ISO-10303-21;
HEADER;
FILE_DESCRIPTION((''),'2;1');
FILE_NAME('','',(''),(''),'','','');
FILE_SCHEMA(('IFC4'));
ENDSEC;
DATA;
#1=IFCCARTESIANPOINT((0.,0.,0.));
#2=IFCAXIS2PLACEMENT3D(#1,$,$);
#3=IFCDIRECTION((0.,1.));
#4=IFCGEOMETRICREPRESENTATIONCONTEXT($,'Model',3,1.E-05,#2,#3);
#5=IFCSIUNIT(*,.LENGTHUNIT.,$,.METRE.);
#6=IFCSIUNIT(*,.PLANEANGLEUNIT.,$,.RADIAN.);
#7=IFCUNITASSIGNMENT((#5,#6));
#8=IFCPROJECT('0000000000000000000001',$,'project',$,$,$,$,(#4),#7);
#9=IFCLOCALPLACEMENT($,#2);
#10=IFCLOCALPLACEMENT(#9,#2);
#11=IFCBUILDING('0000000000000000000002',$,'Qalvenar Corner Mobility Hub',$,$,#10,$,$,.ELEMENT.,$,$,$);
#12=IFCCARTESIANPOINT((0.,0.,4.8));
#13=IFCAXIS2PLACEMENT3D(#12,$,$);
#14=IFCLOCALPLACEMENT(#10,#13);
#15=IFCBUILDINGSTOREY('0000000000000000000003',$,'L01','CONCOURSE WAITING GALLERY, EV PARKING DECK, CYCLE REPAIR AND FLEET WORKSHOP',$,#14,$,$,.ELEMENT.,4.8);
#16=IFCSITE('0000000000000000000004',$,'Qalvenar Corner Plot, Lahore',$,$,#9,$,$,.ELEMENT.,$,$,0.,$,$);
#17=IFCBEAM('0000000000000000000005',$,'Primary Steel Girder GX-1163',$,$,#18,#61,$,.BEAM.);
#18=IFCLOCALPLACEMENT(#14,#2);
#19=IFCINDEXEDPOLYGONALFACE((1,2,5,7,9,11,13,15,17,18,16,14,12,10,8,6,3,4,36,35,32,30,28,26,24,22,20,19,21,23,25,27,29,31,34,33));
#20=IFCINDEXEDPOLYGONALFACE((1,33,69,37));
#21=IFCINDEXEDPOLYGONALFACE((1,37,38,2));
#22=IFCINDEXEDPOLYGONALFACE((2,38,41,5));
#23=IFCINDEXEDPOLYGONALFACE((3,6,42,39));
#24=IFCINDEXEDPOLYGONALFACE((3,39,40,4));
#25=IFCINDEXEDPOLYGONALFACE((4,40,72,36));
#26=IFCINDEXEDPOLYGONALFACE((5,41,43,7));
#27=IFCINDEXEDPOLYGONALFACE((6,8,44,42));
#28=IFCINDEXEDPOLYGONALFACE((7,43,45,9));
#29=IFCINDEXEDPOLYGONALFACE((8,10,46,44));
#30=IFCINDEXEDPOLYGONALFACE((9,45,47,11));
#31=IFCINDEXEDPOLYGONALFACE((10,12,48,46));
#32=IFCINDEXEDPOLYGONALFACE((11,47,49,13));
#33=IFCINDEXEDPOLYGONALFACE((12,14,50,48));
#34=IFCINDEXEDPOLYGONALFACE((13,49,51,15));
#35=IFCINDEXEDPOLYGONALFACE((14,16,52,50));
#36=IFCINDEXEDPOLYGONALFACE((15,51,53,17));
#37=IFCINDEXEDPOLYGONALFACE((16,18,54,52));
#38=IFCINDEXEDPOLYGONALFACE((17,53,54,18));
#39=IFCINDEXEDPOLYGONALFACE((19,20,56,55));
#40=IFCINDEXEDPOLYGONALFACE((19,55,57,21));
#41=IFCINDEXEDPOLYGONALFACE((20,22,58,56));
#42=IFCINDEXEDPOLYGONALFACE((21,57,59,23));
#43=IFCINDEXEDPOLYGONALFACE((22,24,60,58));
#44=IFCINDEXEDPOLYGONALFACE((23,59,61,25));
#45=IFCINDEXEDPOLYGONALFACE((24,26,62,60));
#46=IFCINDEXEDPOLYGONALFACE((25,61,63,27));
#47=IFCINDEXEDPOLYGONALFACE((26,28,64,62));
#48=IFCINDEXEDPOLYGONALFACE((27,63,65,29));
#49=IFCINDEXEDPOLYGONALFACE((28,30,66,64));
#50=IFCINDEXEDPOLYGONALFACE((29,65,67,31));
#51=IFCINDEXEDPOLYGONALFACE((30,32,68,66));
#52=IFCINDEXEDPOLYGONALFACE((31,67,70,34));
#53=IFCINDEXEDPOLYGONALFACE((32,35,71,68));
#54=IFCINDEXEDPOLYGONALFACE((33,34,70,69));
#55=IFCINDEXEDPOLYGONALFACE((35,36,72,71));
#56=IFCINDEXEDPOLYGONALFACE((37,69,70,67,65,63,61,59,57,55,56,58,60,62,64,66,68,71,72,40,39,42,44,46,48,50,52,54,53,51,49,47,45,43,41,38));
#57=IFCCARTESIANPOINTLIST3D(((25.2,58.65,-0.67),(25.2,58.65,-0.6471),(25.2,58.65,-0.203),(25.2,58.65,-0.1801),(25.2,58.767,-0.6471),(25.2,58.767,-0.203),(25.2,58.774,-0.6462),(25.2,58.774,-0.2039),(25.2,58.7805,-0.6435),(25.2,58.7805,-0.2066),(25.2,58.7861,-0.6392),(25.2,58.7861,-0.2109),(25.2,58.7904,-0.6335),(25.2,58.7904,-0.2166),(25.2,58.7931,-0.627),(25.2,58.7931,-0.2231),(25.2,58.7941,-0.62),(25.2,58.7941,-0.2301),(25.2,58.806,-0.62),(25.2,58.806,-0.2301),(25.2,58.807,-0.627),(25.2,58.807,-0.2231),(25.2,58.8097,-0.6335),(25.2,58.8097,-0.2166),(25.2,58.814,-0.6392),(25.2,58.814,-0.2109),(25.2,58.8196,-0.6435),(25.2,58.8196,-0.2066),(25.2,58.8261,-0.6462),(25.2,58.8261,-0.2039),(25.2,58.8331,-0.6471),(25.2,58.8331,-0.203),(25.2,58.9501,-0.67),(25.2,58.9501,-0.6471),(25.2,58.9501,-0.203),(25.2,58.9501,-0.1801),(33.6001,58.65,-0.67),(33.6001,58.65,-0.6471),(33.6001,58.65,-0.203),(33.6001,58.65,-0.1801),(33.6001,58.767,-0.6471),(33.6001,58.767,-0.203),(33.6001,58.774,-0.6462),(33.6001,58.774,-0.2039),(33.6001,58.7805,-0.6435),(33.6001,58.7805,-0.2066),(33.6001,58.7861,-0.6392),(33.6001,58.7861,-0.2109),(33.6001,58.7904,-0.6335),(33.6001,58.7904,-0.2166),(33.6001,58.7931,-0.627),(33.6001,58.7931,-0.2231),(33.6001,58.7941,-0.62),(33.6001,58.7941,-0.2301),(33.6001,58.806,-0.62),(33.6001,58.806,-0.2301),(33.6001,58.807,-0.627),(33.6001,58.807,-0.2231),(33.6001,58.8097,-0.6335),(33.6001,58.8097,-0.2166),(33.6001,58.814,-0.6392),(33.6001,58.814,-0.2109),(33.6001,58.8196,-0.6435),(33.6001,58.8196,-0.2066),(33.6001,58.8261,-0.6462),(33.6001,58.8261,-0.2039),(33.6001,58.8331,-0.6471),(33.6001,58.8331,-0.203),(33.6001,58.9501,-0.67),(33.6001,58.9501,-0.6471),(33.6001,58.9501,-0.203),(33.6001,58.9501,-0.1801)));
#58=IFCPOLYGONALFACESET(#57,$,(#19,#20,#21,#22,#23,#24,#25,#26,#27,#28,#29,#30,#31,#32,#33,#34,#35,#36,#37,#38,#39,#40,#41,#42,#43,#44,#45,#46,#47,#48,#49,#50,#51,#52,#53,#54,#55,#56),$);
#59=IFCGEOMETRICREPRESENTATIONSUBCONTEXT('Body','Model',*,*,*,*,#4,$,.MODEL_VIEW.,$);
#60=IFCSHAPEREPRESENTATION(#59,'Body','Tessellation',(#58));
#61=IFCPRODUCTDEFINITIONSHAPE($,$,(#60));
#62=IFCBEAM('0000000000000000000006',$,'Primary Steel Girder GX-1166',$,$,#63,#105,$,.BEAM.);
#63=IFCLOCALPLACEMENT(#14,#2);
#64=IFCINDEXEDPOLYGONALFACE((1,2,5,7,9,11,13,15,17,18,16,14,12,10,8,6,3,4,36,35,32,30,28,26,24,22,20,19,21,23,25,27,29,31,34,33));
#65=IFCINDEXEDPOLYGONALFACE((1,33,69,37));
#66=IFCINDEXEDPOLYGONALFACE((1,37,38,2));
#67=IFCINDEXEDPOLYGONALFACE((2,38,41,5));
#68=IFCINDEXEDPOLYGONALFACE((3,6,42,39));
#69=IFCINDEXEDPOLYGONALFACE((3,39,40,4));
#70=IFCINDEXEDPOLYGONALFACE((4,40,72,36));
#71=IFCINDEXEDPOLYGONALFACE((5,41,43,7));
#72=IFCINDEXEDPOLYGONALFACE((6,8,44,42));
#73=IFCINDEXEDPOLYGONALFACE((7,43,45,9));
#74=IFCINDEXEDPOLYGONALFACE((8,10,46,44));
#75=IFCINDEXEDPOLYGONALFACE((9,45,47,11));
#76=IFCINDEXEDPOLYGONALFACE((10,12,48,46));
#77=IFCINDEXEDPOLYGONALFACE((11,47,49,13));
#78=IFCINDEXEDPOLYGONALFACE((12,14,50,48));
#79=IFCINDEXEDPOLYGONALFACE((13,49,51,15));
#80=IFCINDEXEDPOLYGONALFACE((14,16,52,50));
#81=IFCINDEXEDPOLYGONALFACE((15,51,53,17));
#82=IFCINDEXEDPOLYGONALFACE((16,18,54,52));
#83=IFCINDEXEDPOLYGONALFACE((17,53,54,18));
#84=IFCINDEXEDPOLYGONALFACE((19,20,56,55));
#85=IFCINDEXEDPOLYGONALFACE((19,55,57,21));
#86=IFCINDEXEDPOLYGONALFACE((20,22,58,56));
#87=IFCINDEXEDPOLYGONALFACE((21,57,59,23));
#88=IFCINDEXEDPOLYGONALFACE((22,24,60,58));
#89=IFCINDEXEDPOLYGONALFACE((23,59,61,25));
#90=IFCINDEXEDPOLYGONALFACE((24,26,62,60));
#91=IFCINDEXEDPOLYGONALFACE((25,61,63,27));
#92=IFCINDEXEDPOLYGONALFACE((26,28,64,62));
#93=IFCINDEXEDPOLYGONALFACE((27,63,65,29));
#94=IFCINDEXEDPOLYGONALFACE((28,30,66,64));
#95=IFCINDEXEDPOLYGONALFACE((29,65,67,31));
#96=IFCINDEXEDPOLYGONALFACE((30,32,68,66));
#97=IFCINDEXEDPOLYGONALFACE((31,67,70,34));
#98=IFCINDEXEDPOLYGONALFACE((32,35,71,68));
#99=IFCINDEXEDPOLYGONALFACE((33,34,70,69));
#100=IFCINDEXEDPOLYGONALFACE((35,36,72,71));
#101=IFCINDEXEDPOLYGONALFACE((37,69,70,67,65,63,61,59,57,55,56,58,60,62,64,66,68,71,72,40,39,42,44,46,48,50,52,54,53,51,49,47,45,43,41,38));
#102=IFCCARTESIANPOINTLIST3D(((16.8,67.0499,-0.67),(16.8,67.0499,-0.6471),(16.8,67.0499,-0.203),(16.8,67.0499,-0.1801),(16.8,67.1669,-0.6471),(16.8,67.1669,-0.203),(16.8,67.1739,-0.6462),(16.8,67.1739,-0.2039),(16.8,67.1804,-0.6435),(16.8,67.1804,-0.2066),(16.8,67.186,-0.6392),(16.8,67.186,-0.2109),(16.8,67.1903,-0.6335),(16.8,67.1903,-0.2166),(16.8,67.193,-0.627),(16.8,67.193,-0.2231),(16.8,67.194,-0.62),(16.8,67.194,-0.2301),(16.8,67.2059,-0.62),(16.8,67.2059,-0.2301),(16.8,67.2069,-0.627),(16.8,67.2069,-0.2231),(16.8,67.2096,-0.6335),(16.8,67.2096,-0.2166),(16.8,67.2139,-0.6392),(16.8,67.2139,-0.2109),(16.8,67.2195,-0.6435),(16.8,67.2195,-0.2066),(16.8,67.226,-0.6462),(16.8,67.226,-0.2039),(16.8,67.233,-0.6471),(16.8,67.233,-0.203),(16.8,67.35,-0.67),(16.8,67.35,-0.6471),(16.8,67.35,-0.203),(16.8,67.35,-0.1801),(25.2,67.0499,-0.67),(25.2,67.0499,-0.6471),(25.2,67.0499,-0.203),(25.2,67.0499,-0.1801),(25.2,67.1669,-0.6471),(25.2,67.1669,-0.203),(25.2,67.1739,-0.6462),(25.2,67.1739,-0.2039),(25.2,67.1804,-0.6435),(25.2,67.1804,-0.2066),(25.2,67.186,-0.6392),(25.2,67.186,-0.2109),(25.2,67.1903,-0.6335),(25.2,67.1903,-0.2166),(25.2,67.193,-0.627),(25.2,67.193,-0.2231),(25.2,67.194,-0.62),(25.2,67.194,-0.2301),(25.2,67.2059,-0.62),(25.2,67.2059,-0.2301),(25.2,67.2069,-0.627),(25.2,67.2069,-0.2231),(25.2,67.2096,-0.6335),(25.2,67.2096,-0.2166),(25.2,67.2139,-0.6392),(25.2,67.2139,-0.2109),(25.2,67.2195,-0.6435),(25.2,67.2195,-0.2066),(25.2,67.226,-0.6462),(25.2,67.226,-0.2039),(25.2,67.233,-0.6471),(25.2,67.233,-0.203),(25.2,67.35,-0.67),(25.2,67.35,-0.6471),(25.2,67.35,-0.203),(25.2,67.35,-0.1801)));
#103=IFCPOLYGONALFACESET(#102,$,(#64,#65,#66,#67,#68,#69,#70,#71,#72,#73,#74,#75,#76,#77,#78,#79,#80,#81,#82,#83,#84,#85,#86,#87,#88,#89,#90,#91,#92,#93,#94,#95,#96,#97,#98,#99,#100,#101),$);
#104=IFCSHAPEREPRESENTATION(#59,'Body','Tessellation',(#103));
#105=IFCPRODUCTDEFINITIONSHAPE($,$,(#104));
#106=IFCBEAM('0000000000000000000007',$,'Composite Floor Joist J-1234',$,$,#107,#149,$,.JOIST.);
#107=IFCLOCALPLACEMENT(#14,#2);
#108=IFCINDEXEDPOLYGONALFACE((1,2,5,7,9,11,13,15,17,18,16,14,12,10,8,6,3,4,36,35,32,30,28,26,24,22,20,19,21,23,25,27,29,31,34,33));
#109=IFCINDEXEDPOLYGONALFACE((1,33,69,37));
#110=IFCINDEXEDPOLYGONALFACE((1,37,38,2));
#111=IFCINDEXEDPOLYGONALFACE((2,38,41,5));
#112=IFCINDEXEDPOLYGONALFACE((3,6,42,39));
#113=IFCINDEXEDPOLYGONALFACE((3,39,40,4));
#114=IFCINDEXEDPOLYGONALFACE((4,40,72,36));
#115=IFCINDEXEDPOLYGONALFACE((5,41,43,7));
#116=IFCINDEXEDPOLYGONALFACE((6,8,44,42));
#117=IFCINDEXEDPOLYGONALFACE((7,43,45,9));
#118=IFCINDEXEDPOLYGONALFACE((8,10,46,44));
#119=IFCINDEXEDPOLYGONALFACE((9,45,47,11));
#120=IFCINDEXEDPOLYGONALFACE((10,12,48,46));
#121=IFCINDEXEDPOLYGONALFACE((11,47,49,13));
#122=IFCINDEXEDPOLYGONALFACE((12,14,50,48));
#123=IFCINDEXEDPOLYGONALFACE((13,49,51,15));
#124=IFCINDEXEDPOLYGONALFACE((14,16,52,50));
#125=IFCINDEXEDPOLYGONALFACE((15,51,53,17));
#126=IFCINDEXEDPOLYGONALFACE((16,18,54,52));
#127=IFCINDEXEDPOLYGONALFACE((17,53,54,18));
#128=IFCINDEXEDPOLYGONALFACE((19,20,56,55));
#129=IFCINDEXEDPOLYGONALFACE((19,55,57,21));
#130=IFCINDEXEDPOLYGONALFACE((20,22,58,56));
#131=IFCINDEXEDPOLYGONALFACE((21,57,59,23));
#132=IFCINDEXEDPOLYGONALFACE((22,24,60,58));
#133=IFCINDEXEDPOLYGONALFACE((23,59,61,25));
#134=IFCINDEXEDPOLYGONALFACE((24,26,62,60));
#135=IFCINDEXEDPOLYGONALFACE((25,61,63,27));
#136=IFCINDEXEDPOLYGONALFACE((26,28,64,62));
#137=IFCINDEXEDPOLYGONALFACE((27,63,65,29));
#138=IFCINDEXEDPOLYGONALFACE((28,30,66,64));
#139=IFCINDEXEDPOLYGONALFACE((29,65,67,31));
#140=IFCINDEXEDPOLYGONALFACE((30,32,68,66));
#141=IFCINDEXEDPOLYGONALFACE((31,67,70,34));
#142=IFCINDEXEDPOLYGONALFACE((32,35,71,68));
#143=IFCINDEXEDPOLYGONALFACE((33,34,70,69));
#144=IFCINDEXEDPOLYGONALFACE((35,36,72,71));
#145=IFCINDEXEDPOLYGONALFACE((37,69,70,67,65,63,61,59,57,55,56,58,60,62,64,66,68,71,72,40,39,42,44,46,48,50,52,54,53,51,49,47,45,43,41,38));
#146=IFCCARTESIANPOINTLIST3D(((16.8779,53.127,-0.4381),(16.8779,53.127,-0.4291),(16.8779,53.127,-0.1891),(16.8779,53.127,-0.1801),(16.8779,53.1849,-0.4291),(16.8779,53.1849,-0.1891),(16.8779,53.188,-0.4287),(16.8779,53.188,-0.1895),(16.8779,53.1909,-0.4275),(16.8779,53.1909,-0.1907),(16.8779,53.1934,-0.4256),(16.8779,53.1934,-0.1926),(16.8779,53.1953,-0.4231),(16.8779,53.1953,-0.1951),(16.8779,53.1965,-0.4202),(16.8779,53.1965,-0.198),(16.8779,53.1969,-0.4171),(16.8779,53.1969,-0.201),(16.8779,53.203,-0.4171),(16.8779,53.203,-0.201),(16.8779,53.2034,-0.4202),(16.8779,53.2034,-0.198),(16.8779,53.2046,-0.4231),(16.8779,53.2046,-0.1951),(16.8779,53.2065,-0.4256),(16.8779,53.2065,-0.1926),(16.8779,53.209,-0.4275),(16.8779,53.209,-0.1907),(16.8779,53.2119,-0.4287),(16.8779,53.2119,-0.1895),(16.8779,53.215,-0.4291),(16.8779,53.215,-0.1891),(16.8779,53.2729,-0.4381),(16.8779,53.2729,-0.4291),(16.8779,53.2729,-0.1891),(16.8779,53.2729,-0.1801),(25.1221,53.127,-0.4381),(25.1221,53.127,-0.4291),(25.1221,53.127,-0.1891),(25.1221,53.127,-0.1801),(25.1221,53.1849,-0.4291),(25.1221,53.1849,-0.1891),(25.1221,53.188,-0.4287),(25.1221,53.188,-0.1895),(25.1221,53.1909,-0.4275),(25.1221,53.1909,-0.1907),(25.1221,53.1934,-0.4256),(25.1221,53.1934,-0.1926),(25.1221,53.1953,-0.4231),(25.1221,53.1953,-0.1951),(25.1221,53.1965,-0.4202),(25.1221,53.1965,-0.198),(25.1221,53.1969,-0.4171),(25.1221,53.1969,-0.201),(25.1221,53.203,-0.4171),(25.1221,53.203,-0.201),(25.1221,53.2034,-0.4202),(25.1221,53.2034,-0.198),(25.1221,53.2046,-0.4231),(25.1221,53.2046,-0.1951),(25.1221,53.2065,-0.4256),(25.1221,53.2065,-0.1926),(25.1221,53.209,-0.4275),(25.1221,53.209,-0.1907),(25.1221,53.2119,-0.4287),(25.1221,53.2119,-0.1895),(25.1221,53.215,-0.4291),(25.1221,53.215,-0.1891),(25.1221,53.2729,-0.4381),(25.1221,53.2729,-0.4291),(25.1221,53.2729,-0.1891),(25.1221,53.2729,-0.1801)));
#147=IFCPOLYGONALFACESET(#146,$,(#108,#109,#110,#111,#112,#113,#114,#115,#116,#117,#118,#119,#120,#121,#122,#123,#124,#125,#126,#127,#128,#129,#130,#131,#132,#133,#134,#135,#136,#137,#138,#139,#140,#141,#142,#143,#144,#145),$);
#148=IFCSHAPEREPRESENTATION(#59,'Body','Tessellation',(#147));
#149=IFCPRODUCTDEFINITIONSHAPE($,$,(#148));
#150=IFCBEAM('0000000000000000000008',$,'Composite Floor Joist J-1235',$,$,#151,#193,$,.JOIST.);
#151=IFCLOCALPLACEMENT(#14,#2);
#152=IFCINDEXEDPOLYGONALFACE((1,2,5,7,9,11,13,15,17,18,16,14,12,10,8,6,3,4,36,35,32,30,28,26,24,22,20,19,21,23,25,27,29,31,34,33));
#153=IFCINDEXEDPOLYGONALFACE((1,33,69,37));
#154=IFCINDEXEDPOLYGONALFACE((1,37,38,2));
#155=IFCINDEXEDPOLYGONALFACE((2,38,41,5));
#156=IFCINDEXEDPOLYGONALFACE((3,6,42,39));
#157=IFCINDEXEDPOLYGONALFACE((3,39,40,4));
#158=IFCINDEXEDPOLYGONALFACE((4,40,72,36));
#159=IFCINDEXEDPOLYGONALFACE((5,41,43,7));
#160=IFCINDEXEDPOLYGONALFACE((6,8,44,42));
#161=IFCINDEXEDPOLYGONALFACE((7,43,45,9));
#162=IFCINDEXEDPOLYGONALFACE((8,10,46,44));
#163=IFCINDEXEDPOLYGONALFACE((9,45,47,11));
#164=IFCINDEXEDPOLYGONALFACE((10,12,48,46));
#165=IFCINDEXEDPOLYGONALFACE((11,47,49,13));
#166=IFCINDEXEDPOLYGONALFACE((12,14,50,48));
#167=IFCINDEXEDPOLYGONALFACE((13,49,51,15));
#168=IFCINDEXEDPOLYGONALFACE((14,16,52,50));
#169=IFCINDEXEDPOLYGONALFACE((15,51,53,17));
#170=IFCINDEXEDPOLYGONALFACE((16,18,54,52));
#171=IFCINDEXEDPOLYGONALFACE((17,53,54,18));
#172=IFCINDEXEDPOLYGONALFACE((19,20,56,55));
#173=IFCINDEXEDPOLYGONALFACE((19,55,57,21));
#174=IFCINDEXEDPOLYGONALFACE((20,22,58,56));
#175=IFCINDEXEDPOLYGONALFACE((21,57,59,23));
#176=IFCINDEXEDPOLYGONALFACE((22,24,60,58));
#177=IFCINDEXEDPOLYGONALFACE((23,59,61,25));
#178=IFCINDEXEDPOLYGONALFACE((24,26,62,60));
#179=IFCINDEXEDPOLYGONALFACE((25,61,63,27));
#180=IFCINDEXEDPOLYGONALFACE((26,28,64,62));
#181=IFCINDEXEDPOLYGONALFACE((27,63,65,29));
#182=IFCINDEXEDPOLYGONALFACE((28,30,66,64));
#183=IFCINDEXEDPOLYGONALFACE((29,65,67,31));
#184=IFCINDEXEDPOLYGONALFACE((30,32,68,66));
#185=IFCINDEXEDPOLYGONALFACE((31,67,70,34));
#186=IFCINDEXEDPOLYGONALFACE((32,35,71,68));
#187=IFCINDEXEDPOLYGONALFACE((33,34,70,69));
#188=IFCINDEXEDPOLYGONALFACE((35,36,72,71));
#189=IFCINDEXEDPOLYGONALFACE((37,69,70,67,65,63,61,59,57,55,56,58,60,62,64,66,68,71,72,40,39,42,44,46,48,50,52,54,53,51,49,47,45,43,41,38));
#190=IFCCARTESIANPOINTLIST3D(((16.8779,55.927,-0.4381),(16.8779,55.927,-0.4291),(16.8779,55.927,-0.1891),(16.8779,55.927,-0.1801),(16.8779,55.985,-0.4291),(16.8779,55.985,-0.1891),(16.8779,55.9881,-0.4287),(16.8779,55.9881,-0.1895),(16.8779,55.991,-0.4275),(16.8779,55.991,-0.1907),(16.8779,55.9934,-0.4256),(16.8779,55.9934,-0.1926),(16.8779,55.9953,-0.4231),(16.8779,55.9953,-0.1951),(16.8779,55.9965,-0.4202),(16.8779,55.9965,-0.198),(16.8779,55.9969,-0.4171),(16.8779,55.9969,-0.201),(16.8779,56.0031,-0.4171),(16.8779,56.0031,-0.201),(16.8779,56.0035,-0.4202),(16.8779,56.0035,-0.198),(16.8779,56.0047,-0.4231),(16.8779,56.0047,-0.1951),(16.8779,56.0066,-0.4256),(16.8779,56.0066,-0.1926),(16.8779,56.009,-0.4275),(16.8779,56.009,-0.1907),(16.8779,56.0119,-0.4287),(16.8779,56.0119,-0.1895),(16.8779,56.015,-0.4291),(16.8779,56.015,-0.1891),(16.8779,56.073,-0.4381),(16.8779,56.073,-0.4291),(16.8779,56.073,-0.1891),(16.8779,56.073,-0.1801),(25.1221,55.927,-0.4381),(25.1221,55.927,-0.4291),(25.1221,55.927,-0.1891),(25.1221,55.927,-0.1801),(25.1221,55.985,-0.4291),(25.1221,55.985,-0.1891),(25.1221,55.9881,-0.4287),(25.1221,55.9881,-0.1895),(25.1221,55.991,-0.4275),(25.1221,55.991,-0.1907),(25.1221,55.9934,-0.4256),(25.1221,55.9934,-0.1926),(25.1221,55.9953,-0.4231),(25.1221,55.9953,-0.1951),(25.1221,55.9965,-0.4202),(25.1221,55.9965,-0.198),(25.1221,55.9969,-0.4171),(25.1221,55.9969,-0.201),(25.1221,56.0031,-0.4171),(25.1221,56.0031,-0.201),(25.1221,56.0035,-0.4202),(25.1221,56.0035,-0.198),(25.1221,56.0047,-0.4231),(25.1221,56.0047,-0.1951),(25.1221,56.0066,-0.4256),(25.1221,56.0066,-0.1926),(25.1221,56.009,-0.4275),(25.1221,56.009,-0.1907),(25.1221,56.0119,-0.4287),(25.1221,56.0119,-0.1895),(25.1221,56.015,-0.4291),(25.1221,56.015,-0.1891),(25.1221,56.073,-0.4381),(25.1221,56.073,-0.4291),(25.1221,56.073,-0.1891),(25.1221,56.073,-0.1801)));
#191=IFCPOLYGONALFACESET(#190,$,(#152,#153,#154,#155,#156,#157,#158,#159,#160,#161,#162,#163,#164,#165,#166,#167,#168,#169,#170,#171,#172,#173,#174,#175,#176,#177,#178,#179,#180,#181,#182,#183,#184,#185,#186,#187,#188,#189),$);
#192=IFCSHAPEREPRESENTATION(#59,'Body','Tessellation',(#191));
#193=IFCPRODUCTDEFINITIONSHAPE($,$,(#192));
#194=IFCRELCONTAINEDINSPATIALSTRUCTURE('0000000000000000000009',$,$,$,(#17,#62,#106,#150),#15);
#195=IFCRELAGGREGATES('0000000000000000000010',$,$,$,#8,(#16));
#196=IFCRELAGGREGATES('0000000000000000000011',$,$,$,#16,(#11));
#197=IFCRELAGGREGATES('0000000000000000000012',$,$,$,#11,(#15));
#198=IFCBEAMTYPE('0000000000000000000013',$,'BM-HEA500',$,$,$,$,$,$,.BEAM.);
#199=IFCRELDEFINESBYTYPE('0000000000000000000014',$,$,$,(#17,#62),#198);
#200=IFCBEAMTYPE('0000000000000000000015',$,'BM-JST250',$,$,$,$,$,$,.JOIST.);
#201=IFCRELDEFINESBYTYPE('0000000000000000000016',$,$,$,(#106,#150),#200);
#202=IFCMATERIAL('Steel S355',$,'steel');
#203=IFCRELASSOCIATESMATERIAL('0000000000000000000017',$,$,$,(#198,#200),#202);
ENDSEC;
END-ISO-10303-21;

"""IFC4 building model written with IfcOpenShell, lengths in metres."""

from ifc_helpers import new_model, si_unit, direction, frame, origin, origin_2d, place, context, subcontext, project, spatial, i_section, extrude, material, material_profile, profile_set, type_object, element, save


model = new_model("IFC4")

# Units and contexts
model_context = context("Model", 3, precision=1e-05, world=origin(), true_north=direction((0.0, 1.0)))
body_context = subcontext(model_context, "Body", "Model", "MODEL_VIEW")
ifc_project = project(units=[si_unit("LENGTHUNIT", "METRE"), si_unit("PLANEANGLEUNIT", "RADIAN")], contexts=[model_context])

# Site, building, storey
site_placement = place(None, origin())
site = spatial("IfcSite", under=ifc_project, at=site_placement, Name="Qalvenar Corner Plot, Lahore", CompositionType="ELEMENT", RefElevation=0.0)
building_placement = place(site_placement, origin())
building = spatial("IfcBuilding", under=site, at=building_placement, Name="Qalvenar Corner Mobility Hub", CompositionType="ELEMENT")
storey_placement = place(building_placement, frame((0.0, 0.0, 4.8)))
storey = spatial("IfcBuildingStorey", under=building, at=storey_placement, Name="L01", Description="CONCOURSE WAITING GALLERY, EV PARKING DECK, CYCLE REPAIR AND FLEET WORKSHOP", CompositionType="ELEMENT", Elevation=4.8)

# Shared definitions
ifc_material_1 = material(Name="Steel S355", Category="steel")

# Beams
ifc_material_profile_1 = material_profile(ifc_material_1, i_section(OverallWidth=0.3, OverallDepth=0.49, WebThickness=0.012, FlangeThickness=0.0229, FilletRadius=0.0271, at=origin_2d()), Name="HEA500")
ifc_profile_set_1 = profile_set([ifc_material_profile_1], Name="Steel S355")
beam_type_1 = type_object("IfcBeamType", Name="BM-HEA500", PredefinedType="BEAM", material=ifc_profile_set_1)
beam_1_placement = place(storey_placement, frame((25.2, 58.8, -0.425), z_axis=(1.0, 0.0, 0.0), x_axis=(0.0, 1.0, 0.0)))
element("IfcBeam", 1, at=beam_1_placement, inside=storey, type_object=beam_type_1, Name="Primary Steel Girder GX-1163", PredefinedType="BEAM", context=body_context, shape_type="SweptSolid", body=[
    extrude(i_section(OverallWidth=0.3, OverallDepth=0.49, WebThickness=0.012, FlangeThickness=0.0229, FilletRadius=0.0271, at=origin_2d()), origin(), (0.0, 0.0, 1.0), 8.4001),
])
beam_2_placement = place(storey_placement, frame((16.8, 67.2, -0.425), z_axis=(1.0, 0.0, 0.0), x_axis=(0.0, 1.0, 0.0)))
element("IfcBeam", 2, at=beam_2_placement, inside=storey, type_object=beam_type_1, Name="Primary Steel Girder GX-1166", PredefinedType="BEAM", context=body_context, shape_type="SweptSolid", body=[
    extrude(i_section(OverallWidth=0.3, OverallDepth=0.49, WebThickness=0.012, FlangeThickness=0.0229, FilletRadius=0.0271, at=origin_2d()), origin(), (0.0, 0.0, 1.0), 8.3999),
])
ifc_material_profile_2 = material_profile(ifc_material_1, i_section(OverallWidth=0.146, OverallDepth=0.2581, WebThickness=0.0061, FlangeThickness=0.009, FilletRadius=0.012, at=origin_2d()), Name="W250x32.7")
ifc_profile_set_2 = profile_set([ifc_material_profile_2], Name="Steel S355")
beam_type_2 = type_object("IfcBeamType", Name="BM-JST250", PredefinedType="JOIST", material=ifc_profile_set_2)
for number, where, z_axis, x_axis, name in (
    (3, (16.8779, 53.2, -0.3091), (1.0, 0.0, 0.0), (0.0, 1.0, 0.0), "Composite Floor Joist J-1234"),
    (4, (16.8779, 56.0, -0.3091), (1.0, 0.0, 0.0), (0.0, 1.0, 0.0), "Composite Floor Joist J-1235"),
):
    element("IfcBeam", number, at=place(storey_placement, frame(where, z_axis=z_axis, x_axis=x_axis)), inside=storey, type_object=beam_type_2, Name=name, PredefinedType="JOIST", context=body_context, shape_type="SweptSolid", body=[
        extrude(i_section(OverallWidth=0.146, OverallDepth=0.2581, WebThickness=0.0061, FlangeThickness=0.009, FilletRadius=0.012, at=origin_2d()), origin(), (0.0, 0.0, 1.0), 8.2441),
    ])

save(model, "model.ifc")
